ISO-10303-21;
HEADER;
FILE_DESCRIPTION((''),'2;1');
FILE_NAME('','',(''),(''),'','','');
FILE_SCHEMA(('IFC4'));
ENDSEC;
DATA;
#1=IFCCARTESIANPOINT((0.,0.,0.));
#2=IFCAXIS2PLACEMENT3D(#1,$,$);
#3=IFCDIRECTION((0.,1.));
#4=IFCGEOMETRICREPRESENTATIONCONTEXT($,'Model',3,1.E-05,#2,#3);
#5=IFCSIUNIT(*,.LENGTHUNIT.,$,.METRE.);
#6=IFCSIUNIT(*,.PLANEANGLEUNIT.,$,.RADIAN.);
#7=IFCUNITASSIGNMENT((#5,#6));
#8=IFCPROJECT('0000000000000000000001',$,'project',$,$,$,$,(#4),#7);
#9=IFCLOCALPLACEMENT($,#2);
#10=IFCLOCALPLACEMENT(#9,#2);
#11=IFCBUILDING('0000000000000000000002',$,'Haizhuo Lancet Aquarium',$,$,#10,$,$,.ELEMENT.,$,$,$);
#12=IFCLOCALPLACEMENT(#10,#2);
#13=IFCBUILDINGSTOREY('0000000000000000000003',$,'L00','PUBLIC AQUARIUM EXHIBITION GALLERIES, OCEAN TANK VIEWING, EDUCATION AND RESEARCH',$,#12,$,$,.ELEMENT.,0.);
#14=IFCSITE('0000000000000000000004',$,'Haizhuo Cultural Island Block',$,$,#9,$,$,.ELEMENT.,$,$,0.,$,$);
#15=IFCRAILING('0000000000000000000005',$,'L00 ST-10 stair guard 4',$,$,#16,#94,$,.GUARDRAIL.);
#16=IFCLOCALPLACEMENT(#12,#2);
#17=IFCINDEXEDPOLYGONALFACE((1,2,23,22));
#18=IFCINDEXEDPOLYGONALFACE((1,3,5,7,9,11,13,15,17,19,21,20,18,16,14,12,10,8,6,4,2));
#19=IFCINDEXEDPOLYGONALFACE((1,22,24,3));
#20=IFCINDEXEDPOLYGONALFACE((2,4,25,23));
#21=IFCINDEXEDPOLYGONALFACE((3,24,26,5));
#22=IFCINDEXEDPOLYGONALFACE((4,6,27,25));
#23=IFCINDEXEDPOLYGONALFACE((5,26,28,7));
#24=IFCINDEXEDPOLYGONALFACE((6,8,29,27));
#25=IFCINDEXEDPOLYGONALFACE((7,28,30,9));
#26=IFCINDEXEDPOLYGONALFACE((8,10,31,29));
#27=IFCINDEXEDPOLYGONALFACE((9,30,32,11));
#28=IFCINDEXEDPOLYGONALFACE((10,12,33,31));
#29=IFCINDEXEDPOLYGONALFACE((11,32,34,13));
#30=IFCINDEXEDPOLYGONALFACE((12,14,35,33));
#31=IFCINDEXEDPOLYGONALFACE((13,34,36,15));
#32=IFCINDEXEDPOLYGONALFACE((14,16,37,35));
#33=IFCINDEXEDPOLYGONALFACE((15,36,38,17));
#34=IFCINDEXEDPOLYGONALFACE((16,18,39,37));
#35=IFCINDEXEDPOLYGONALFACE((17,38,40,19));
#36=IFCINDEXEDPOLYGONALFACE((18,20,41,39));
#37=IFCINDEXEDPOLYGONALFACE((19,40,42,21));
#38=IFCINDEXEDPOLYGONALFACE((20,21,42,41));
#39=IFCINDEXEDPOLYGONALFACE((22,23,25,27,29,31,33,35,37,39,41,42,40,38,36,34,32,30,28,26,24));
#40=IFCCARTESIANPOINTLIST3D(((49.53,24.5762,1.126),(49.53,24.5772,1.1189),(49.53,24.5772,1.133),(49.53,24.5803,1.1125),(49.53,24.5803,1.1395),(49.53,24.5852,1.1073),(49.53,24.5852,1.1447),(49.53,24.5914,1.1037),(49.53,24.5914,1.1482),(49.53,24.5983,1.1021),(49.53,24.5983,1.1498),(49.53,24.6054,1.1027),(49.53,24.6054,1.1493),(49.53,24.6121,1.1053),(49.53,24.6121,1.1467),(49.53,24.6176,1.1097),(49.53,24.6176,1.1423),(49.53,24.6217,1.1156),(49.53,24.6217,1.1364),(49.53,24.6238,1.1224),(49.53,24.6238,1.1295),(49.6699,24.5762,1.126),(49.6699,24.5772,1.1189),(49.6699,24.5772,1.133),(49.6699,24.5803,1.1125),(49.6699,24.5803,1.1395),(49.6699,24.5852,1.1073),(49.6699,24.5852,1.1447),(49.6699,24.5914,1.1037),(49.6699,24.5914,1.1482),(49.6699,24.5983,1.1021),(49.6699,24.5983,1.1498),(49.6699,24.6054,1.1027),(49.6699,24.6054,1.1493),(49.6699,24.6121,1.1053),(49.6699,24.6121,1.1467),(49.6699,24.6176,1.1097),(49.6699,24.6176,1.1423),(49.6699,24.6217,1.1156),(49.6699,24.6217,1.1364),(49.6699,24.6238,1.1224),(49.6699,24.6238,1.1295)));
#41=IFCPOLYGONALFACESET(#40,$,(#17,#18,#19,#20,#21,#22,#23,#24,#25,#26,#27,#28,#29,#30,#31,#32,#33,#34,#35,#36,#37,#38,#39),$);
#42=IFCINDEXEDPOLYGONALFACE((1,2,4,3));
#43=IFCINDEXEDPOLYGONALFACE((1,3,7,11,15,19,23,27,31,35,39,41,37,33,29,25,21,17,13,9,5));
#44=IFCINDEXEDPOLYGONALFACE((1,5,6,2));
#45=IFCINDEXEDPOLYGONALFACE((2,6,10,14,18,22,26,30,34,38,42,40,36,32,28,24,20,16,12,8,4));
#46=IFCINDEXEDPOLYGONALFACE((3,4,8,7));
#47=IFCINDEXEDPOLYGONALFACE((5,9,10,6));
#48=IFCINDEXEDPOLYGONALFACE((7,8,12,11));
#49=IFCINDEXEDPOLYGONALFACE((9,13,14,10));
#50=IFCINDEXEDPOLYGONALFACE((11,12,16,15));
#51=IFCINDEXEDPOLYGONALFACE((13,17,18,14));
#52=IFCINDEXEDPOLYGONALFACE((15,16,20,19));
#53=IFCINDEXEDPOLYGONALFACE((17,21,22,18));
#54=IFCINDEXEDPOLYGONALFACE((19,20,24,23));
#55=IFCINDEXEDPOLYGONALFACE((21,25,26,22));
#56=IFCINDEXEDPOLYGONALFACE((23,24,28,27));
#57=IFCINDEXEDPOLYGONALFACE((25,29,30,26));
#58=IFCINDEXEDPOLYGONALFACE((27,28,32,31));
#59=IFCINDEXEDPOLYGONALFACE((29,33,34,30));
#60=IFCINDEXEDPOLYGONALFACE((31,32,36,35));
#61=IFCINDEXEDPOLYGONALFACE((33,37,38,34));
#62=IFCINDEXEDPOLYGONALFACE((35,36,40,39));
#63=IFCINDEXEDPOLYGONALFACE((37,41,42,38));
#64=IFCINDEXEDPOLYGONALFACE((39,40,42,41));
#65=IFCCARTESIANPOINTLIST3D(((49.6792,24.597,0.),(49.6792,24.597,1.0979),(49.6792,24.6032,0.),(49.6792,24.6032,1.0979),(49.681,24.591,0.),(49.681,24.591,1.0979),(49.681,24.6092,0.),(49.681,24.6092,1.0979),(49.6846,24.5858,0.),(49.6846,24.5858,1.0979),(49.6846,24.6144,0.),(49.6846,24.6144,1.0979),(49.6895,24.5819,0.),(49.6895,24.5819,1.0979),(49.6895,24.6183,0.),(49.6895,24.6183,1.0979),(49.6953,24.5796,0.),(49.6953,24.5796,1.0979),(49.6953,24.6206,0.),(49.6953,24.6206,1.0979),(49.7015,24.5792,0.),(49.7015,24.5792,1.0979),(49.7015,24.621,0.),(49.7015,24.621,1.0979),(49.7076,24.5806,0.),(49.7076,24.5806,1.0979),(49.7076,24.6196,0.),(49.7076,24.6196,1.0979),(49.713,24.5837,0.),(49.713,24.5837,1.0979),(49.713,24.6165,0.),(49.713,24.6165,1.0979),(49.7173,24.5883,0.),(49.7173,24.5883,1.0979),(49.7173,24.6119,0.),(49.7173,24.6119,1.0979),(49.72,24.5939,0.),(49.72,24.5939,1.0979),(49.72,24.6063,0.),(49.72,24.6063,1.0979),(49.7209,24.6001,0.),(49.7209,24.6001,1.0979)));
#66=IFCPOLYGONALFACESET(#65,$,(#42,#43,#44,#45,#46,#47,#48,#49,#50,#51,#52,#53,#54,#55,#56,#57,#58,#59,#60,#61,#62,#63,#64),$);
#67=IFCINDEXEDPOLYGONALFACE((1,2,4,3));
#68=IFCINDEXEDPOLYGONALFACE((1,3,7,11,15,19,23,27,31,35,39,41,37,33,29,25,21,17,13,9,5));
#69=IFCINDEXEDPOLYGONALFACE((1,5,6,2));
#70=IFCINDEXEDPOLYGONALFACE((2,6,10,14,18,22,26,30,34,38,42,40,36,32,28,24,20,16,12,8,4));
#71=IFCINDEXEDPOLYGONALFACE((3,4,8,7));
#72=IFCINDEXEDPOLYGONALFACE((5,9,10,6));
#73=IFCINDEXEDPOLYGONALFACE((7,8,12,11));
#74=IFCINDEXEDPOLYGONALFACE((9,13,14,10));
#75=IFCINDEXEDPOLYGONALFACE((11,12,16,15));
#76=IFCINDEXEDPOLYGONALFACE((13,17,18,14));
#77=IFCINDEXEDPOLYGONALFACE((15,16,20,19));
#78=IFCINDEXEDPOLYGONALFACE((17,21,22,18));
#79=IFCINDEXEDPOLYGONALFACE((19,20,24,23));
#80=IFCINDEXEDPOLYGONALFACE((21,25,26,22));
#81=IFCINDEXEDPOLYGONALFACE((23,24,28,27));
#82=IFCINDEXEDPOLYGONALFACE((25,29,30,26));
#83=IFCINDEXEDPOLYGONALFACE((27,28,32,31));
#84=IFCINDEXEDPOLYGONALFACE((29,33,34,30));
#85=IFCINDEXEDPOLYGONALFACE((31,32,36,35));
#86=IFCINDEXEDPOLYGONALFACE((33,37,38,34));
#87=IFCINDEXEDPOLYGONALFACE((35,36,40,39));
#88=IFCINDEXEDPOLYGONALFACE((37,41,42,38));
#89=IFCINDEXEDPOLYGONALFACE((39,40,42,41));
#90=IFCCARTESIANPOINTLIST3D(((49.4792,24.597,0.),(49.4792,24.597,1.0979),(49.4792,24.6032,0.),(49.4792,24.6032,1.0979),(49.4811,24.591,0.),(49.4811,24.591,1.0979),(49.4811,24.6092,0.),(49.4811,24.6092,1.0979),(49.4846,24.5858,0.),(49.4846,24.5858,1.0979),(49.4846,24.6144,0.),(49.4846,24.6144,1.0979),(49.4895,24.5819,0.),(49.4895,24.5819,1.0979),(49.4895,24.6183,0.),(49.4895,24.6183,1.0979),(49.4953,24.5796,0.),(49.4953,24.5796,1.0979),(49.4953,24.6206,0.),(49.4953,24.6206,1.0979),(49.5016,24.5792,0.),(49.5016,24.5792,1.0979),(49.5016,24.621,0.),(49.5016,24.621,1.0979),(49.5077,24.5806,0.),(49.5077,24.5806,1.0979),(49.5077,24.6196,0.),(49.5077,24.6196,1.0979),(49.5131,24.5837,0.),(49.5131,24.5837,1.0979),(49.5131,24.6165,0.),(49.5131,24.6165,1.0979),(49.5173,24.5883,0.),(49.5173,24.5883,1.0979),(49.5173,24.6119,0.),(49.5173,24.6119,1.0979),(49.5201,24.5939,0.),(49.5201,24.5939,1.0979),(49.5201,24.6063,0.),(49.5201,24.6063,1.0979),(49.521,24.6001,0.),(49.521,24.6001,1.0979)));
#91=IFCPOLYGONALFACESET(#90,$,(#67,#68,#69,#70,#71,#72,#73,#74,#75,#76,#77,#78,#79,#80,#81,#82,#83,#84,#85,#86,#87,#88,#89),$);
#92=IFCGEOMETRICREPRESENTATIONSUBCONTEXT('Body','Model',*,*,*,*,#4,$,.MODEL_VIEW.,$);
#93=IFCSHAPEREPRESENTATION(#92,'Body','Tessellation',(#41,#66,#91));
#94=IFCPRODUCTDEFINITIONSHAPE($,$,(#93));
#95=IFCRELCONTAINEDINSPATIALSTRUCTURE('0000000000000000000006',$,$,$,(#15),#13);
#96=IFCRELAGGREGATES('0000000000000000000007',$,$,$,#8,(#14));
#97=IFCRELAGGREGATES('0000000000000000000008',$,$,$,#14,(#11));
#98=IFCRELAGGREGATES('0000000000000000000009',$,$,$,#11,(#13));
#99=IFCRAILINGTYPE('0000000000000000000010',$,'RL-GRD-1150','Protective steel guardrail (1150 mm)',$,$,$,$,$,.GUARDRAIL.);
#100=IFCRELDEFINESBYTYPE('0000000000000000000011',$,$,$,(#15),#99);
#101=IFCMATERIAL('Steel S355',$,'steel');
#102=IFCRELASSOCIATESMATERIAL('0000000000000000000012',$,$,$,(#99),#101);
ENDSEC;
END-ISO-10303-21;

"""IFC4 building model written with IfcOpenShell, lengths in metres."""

from ifc_helpers import new_model, si_unit, direction, frame, origin, origin_2d, place, context, subcontext, project, spatial, circle, extrude, material, type_object, element, save


model = new_model("IFC4")

# Units and contexts
model_context = context("Model", 3, precision=1e-05, world=origin(), true_north=direction((0.0, 1.0)))
body_context = subcontext(model_context, "Body", "Model", "MODEL_VIEW")
ifc_project = project(units=[si_unit("LENGTHUNIT", "METRE"), si_unit("PLANEANGLEUNIT", "RADIAN")], contexts=[model_context])

# Site, building, storey
site_placement = place(None, origin())
site = spatial("IfcSite", under=ifc_project, at=site_placement, Name="Haizhuo Cultural Island Block", CompositionType="ELEMENT", RefElevation=0.0)
building_placement = place(site_placement, origin())
building = spatial("IfcBuilding", under=site, at=building_placement, Name="Haizhuo Lancet Aquarium", CompositionType="ELEMENT")
storey_placement = place(building_placement, origin())
storey = spatial("IfcBuildingStorey", under=building, at=storey_placement, Name="L00", Description="PUBLIC AQUARIUM EXHIBITION GALLERIES, OCEAN TANK VIEWING, EDUCATION AND RESEARCH", CompositionType="ELEMENT", Elevation=0.0)

# Shared definitions
ifc_material_1 = material(Name="Steel S355", Category="steel")

# Railing
railing_type_1 = type_object("IfcRailingType", Name="RL-GRD-1150", Description="Protective steel guardrail (1150 mm)", PredefinedType="GUARDRAIL", material=ifc_material_1)
railing_1_placement = place(storey_placement, frame((49.7, 24.6001, 0.0)))
element("IfcRailing", 1, at=railing_1_placement, inside=storey, type_object=railing_type_1, Name="L00 ST-10 stair guard 4", PredefinedType="GUARDRAIL", context=body_context, shape_type="SweptSolid", body=[
    extrude(circle(Radius=0.0239, at=origin_2d()), frame((-0.03, 0.0, 1.126), z_axis=(-1.0, 0.0, 0.0), x_axis=(0.0, -1.0, 0.0)), (0.0, 0.0, 1.0), 0.1399),
    extrude(circle(Radius=0.021, at=origin_2d()), origin(), (0.0, 0.0, 1.0), 1.0979),
    extrude(circle(Radius=0.021, at=origin_2d()), frame((-0.2, 0.0, 0.0)), (0.0, 0.0, 1.0), 1.0979),
])

save(model, "model.ifc")
